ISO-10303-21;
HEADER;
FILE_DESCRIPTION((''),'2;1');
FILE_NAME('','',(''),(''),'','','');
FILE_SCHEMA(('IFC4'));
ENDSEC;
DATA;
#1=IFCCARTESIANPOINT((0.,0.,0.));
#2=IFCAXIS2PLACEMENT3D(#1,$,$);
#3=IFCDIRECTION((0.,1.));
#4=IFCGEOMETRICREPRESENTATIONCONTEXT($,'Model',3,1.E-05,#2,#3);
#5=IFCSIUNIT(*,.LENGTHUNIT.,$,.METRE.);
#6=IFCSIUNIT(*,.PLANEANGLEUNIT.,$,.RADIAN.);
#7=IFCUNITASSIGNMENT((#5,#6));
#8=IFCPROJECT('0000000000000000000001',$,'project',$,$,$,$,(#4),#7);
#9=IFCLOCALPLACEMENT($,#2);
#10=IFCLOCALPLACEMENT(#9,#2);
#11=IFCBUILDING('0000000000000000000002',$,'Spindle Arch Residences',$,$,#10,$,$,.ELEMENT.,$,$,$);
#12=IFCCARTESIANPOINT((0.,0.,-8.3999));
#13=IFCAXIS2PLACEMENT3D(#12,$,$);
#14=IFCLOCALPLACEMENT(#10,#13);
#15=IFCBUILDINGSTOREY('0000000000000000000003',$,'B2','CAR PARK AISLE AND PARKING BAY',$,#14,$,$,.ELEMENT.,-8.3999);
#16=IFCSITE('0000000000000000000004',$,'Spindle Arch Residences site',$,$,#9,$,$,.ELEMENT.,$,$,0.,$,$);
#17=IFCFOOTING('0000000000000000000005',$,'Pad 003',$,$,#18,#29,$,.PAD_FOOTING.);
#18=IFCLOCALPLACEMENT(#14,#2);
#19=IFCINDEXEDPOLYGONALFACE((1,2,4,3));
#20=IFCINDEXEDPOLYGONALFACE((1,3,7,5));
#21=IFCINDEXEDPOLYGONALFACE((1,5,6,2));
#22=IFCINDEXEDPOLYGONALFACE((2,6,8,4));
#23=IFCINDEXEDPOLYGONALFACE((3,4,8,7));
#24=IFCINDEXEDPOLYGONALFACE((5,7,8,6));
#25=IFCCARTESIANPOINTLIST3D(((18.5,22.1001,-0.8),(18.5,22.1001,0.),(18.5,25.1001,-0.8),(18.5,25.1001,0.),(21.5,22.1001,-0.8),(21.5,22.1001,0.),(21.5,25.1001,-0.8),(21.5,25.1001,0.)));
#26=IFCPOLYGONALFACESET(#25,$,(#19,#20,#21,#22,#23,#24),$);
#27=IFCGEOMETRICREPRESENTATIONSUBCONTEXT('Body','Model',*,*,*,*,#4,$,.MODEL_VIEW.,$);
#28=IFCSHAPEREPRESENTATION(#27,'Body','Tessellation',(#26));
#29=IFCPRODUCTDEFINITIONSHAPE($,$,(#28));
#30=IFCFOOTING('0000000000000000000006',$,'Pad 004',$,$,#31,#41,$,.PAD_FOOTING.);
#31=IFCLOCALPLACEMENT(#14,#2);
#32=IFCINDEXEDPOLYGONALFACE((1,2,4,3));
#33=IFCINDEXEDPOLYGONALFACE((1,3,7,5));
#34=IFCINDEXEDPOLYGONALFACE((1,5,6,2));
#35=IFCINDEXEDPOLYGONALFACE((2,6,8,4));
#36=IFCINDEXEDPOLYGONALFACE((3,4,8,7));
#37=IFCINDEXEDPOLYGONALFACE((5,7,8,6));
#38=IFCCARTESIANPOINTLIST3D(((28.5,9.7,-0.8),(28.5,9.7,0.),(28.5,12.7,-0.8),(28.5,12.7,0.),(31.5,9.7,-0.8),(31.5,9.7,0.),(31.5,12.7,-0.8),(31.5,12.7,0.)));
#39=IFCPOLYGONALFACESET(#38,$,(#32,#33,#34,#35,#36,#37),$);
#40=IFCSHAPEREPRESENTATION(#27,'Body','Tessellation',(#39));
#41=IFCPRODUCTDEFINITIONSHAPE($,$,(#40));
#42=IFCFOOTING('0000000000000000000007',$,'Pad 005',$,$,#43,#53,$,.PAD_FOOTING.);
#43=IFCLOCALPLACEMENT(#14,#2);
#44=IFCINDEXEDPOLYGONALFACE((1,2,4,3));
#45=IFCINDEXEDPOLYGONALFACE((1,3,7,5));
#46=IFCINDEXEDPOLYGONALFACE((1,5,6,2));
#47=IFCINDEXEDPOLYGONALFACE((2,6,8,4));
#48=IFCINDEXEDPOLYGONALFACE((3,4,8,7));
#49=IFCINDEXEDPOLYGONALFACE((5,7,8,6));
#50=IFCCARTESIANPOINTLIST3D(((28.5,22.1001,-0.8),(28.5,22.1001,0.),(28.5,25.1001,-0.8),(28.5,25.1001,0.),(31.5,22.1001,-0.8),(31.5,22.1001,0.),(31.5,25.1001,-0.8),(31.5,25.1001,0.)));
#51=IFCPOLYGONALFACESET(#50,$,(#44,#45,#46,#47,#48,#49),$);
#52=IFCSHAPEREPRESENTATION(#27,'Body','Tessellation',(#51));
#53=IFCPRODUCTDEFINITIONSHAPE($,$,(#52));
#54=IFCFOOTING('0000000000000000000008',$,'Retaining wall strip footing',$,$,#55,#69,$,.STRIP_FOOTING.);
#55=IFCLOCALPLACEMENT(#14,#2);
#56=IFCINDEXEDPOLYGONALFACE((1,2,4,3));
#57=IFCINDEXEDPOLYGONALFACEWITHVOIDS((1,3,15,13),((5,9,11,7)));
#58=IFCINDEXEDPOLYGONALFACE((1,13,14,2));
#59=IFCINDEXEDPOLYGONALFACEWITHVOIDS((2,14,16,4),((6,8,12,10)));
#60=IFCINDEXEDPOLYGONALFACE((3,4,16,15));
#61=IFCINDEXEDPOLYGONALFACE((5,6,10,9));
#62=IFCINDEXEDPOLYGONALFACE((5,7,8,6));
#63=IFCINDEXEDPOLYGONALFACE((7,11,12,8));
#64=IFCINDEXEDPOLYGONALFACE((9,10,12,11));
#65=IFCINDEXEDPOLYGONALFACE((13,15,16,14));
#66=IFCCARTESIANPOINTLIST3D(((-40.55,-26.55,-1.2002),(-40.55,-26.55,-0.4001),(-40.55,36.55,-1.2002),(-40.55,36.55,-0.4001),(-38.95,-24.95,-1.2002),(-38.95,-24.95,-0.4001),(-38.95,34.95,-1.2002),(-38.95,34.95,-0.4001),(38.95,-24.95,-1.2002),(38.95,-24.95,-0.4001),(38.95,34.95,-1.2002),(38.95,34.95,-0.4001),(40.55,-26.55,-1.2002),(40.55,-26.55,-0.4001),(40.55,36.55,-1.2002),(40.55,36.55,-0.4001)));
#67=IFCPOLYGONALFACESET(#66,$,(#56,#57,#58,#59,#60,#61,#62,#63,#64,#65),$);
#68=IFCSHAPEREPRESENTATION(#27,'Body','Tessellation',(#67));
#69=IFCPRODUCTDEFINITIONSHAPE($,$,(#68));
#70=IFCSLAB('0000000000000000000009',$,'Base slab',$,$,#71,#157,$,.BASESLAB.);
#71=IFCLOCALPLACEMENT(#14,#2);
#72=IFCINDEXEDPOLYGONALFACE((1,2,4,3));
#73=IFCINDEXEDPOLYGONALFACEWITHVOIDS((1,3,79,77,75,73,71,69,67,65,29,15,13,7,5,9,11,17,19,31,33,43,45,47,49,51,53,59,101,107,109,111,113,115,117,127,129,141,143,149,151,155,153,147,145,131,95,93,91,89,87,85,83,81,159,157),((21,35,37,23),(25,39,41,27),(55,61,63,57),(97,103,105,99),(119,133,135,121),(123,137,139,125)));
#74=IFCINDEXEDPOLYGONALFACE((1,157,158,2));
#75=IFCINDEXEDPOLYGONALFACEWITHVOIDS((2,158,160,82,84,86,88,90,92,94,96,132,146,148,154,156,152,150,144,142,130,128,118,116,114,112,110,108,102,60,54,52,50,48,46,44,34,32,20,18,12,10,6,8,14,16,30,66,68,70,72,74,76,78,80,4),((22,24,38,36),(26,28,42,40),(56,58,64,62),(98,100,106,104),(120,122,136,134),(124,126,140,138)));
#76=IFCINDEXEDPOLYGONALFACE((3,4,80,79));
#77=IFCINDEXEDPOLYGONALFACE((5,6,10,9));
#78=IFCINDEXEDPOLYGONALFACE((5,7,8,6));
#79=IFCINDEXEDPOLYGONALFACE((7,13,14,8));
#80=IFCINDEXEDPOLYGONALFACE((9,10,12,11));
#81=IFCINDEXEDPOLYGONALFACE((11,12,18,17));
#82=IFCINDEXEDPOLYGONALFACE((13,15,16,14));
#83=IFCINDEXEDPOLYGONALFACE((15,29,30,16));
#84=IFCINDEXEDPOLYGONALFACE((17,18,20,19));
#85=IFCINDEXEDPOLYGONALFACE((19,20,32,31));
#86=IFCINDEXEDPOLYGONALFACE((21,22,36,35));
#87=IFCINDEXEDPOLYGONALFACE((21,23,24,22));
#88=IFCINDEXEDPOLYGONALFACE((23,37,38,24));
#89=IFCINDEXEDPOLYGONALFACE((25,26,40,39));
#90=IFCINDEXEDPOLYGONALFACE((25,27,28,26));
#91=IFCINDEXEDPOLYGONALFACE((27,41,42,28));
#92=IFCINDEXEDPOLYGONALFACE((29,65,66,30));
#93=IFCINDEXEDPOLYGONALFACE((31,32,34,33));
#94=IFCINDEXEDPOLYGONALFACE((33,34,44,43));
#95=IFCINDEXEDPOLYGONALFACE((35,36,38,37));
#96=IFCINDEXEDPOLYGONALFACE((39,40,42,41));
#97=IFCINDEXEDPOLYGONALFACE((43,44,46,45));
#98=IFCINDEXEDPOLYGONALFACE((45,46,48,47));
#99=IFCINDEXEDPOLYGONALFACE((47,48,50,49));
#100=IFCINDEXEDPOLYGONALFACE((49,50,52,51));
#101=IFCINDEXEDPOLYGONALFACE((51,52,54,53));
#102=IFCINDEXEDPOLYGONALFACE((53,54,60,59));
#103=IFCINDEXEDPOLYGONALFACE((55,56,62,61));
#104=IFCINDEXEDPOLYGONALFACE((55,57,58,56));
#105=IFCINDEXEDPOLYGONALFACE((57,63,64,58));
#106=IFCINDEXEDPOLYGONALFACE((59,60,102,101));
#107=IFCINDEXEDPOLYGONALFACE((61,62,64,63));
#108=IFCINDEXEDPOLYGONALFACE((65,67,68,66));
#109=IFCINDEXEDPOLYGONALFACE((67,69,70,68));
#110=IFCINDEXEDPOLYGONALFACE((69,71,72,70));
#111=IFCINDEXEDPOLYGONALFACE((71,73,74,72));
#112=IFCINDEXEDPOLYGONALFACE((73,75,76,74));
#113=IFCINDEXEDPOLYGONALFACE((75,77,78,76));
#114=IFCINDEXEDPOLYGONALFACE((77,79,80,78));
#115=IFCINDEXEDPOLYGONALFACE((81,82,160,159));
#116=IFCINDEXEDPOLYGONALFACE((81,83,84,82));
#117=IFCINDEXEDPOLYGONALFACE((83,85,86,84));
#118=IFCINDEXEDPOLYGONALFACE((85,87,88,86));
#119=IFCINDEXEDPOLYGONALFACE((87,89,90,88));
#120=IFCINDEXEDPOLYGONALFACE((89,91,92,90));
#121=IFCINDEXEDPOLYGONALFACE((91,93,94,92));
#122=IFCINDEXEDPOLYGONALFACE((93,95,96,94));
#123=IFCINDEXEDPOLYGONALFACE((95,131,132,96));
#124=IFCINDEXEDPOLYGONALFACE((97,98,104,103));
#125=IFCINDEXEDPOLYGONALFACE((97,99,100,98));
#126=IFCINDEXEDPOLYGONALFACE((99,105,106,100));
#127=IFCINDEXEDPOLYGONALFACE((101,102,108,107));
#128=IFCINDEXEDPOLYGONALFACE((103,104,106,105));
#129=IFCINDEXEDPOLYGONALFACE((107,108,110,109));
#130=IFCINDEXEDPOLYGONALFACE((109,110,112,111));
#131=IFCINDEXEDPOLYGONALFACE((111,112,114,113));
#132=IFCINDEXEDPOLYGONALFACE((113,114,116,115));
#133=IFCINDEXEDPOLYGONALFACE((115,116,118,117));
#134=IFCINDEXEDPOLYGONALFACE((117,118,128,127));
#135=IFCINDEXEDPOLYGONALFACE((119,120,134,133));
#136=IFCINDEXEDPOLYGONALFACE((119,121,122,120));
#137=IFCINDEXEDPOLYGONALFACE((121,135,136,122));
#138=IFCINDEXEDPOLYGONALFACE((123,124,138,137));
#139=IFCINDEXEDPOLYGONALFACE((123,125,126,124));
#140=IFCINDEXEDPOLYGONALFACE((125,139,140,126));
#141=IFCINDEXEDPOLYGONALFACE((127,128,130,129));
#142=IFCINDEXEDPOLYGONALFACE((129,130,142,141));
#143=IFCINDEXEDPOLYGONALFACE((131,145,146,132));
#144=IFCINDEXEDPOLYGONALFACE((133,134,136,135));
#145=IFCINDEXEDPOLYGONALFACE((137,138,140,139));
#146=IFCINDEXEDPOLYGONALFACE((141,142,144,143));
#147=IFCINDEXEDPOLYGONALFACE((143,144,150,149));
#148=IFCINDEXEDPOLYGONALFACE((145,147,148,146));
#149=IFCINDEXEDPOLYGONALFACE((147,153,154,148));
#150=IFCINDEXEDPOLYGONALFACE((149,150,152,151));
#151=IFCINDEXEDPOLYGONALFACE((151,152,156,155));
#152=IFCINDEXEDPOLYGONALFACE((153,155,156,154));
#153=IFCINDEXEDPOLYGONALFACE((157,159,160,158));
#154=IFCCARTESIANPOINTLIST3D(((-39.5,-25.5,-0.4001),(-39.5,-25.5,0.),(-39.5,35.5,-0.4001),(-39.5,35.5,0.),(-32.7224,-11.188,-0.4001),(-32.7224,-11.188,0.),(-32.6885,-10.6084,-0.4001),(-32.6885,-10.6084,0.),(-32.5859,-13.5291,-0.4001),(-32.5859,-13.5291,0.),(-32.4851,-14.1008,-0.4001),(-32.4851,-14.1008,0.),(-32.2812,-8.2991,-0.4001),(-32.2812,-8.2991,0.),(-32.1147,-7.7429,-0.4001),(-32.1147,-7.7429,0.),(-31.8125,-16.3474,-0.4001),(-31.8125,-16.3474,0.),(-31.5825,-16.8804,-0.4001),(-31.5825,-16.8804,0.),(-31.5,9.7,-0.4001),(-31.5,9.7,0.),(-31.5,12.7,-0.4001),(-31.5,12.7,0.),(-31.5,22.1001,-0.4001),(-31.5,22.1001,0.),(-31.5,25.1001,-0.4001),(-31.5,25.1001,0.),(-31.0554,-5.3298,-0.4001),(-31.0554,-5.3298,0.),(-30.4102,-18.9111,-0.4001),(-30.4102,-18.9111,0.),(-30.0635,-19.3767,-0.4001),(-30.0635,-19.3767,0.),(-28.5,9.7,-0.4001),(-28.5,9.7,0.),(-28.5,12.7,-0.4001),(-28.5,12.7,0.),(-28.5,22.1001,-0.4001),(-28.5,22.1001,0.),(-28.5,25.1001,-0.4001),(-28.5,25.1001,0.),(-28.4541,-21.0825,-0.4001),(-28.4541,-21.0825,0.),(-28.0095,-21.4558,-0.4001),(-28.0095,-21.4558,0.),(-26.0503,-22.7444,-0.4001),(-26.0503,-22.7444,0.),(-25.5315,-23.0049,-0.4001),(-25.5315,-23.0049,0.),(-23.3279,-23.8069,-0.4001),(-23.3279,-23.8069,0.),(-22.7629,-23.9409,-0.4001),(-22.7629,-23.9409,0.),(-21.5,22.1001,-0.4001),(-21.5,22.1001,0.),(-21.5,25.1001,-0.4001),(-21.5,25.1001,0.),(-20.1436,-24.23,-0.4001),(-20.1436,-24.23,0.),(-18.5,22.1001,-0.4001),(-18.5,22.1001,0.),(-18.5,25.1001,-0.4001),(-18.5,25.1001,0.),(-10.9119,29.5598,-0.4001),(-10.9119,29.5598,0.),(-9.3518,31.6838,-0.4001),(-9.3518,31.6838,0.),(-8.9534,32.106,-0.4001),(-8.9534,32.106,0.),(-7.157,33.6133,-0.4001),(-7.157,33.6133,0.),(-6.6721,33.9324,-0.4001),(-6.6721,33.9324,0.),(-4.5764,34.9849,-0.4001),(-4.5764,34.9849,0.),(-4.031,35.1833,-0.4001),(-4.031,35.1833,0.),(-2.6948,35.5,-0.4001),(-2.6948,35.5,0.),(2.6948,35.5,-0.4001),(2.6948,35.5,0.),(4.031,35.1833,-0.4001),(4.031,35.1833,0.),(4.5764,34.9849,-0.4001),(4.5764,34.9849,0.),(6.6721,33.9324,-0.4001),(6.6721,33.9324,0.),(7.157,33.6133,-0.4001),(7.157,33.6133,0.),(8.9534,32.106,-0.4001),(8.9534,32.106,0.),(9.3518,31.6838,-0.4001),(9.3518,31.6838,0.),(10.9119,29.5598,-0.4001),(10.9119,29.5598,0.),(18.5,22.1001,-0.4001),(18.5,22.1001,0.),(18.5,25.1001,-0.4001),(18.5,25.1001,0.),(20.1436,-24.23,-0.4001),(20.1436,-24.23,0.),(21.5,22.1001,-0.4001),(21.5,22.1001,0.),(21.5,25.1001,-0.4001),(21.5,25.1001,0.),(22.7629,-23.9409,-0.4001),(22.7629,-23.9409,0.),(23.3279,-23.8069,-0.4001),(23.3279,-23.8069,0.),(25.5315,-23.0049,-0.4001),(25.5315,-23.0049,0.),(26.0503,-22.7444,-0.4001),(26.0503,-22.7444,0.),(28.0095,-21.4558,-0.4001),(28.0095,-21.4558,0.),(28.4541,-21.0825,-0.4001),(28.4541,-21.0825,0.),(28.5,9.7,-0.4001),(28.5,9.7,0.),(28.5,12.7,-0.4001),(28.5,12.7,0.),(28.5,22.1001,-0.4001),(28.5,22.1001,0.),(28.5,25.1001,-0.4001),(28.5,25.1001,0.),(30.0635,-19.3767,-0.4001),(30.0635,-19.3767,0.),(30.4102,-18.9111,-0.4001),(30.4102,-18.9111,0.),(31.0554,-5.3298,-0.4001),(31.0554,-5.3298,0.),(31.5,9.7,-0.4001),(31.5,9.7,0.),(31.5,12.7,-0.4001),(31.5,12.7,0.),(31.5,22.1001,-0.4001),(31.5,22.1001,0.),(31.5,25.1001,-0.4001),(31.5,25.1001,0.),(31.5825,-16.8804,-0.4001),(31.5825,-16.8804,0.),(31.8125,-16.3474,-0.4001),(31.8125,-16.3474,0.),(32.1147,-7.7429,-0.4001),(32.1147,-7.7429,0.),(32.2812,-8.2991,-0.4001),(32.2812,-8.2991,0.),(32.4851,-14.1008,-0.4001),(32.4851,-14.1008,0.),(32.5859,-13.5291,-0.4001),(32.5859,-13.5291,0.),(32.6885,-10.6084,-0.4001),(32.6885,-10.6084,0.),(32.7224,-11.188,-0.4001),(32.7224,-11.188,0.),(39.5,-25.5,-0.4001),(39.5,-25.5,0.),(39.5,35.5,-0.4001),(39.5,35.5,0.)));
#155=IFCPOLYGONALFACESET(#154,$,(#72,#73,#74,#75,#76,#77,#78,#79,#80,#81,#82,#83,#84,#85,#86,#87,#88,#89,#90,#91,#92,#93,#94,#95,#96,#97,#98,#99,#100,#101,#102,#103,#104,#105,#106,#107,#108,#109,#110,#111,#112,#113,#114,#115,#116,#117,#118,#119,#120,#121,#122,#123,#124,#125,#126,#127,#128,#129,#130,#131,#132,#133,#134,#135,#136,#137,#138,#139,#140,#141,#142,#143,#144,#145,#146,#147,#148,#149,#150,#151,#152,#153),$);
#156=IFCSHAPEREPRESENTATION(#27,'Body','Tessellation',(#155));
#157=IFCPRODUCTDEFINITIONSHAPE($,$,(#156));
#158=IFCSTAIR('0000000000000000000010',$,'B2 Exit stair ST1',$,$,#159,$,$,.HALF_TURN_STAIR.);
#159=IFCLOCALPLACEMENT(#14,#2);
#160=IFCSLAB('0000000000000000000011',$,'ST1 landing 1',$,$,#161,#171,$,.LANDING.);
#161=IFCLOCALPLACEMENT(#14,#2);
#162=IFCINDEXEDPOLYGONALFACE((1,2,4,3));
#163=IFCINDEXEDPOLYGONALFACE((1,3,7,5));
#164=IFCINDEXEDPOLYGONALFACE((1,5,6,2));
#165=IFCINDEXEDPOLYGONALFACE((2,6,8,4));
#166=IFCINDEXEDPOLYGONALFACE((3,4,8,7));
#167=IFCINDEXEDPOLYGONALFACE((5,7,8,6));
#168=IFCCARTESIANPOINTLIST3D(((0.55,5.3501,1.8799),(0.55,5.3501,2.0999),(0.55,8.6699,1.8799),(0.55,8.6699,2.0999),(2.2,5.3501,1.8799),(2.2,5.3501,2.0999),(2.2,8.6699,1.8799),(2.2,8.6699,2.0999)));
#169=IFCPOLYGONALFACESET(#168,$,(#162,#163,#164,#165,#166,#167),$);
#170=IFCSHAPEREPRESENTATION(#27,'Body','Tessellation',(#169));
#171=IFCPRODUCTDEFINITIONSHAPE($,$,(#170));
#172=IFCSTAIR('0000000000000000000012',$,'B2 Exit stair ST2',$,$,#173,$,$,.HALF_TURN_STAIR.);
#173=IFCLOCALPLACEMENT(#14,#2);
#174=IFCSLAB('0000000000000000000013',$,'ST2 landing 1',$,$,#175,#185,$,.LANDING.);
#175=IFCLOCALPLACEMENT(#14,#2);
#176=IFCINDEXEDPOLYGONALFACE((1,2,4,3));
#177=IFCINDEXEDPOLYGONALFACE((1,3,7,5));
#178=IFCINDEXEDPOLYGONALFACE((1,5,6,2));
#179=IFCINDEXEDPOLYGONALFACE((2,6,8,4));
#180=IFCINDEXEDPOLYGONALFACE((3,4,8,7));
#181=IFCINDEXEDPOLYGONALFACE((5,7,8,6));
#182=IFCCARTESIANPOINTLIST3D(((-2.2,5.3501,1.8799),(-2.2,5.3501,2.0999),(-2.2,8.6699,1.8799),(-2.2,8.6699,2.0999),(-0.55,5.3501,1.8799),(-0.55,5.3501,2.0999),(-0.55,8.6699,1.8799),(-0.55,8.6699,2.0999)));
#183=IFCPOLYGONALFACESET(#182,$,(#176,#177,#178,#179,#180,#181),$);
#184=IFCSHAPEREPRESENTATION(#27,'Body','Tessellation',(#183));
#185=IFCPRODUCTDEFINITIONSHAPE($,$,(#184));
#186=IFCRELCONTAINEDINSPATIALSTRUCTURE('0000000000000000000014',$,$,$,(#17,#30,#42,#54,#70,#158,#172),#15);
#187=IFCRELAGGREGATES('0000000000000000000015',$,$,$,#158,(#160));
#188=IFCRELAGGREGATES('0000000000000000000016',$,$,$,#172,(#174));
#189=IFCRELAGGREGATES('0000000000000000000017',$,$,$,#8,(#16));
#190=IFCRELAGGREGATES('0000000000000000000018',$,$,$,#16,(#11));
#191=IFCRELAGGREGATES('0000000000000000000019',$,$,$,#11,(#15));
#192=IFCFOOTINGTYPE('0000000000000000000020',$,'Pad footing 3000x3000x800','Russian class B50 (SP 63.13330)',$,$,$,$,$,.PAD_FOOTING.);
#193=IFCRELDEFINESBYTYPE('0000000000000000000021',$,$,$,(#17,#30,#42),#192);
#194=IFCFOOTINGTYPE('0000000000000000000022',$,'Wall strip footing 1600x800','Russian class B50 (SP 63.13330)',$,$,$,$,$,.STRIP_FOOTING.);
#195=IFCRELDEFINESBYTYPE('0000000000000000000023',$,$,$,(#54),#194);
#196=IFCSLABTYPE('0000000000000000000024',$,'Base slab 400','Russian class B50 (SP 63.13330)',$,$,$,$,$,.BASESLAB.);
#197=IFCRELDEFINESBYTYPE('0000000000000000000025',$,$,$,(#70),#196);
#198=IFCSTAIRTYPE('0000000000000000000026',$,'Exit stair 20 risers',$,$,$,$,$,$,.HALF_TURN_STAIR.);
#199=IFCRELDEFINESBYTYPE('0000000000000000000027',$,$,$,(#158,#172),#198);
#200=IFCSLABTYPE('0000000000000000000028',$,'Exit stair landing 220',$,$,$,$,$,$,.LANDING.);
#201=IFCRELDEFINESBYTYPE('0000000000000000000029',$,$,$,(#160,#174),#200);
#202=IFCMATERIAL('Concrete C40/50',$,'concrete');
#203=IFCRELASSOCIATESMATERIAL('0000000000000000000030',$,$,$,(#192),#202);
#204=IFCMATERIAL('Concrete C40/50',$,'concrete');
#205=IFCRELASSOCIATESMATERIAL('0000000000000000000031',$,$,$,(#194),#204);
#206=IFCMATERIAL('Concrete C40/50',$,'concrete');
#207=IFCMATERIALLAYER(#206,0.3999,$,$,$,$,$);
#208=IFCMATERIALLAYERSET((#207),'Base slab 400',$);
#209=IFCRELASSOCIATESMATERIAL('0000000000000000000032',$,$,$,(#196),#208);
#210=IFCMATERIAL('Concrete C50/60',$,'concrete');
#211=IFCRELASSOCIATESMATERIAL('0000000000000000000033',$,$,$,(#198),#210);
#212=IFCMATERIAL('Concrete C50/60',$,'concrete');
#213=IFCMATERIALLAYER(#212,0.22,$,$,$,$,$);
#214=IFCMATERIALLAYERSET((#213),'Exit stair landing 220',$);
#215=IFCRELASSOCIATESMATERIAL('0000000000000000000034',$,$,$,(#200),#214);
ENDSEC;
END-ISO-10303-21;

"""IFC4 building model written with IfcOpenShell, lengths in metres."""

from ifc_helpers import new_model, si_unit, direction, frame, origin, place, context, subcontext, project, spatial, polyline, outline, extrude, material, layer, layer_set, type_object, element, aggregate, save


model = new_model("IFC4")

# Units and contexts
model_context = context("Model", 3, precision=1e-05, world=origin(), true_north=direction((0.0, 1.0)))
body_context = subcontext(model_context, "Body", "Model", "MODEL_VIEW")
ifc_project = project(units=[si_unit("LENGTHUNIT", "METRE"), si_unit("PLANEANGLEUNIT", "RADIAN")], contexts=[model_context])

# Site, building, storey
site_placement = place(None, origin())
site = spatial("IfcSite", under=ifc_project, at=site_placement, Name="Spindle Arch Residences site", CompositionType="ELEMENT", RefElevation=0.0)
building_placement = place(site_placement, origin())
building = spatial("IfcBuilding", under=site, at=building_placement, Name="Spindle Arch Residences", CompositionType="ELEMENT")
storey_placement = place(building_placement, frame((0.0, 0.0, -8.3999)))
storey = spatial("IfcBuildingStorey", under=building, at=storey_placement, Name="B2", Description="CAR PARK AISLE AND PARKING BAY", CompositionType="ELEMENT", Elevation=-8.3999)

# Footings
ifc_material_1 = material(Name="Concrete C40/50", Category="concrete")
footing_type_1 = type_object("IfcFootingType", Name="Pad footing 3000x3000x800", Description="Russian class B50 (SP 63.13330)", PredefinedType="PAD_FOOTING", material=ifc_material_1)
footing_1_placement = place(storey_placement, frame((0.0, 0.0, -0.8)))
element("IfcFooting", 1, at=footing_1_placement, inside=storey, type_object=footing_type_1, Name="Pad 003", PredefinedType="PAD_FOOTING", context=body_context, shape_type="SweptSolid", body=[
    extrude(outline(polyline([(21.5, 22.1001), (21.5, 25.1001), (18.5, 25.1001), (18.5, 22.1001), (21.5, 22.1001)])), origin(), (0.0, 0.0, 1.0), 0.8),
])
footing_2_placement = place(storey_placement, frame((0.0, 0.0, -0.8)))
element("IfcFooting", 2, at=footing_2_placement, inside=storey, type_object=footing_type_1, Name="Pad 004", PredefinedType="PAD_FOOTING", context=body_context, shape_type="SweptSolid", body=[
    extrude(outline(polyline([(31.5, 9.7), (31.5, 12.7), (28.5, 12.7), (28.5, 9.7), (31.5, 9.7)])), origin(), (0.0, 0.0, 1.0), 0.8),
])
footing_3_placement = place(storey_placement, frame((0.0, 0.0, -0.8)))
element("IfcFooting", 3, at=footing_3_placement, inside=storey, type_object=footing_type_1, Name="Pad 005", PredefinedType="PAD_FOOTING", context=body_context, shape_type="SweptSolid", body=[
    extrude(outline(polyline([(31.5, 22.1001), (31.5, 25.1001), (28.5, 25.1001), (28.5, 22.1001), (31.5, 22.1001)])), origin(), (0.0, 0.0, 1.0), 0.8),
])
ifc_material_2 = material(Name="Concrete C40/50", Category="concrete")
footing_type_2 = type_object("IfcFootingType", Name="Wall strip footing 1600x800", Description="Russian class B50 (SP 63.13330)", PredefinedType="STRIP_FOOTING", material=ifc_material_2)
footing_4_placement = place(storey_placement, frame((0.0, 0.0, -1.2002)))
element("IfcFooting", 4, at=footing_4_placement, inside=storey, type_object=footing_type_2, Name="Retaining wall strip footing", PredefinedType="STRIP_FOOTING", context=body_context, shape_type="SweptSolid", body=[
    extrude(outline(polyline([(-40.55, -26.55), (-40.55, 36.55), (40.55, 36.55), (40.55, -26.55), (-40.55, -26.55)]), holes=[polyline([(38.95, 34.95), (-38.95, 34.95), (-38.95, -24.95), (38.95, -24.95), (38.95, 34.95)])]), origin(), (0.0, 0.0, 1.0), 0.8),
])

# Slab
ifc_material_3 = material(Name="Concrete C40/50", Category="concrete")
ifc_layer_1 = layer(ifc_material_3, 0.3999)
ifc_layer_set_1 = layer_set([ifc_layer_1], Name="Base slab 400")
slab_type_1 = type_object("IfcSlabType", Name="Base slab 400", Description="Russian class B50 (SP 63.13330)", PredefinedType="BASESLAB", material=ifc_layer_set_1)
slab_1_placement = place(storey_placement, frame((0.0, 0.0, -0.4001)))
element("IfcSlab", 5, at=slab_1_placement, inside=storey, type_object=slab_type_1, Name="Base slab", PredefinedType="BASESLAB", context=body_context, shape_type="SweptSolid", body=[
    extrude(outline(polyline([(39.5, -25.5), (-39.5, -25.5), (-39.5, 35.5), (-2.6948, 35.5), (-4.031, 35.1833), (-4.5764, 34.9849), (-6.6721, 33.9324), (-7.157, 33.6133), (-8.9534, 32.106), (-9.3518, 31.6838), (-10.9119, 29.5598), (-31.0554, -5.3298), (-32.1147, -7.7429), (-32.2812, -8.2991), (-32.6885, -10.6084), (-32.7224, -11.188), (-32.5859, -13.5291), (-32.4851, -14.1008), (-31.8125, -16.3474), (-31.5825, -16.8804), (-30.4102, -18.9111), (-30.0635, -19.3767), (-28.4541, -21.0825), (-28.0095, -21.4558), (-26.0503, -22.7444), (-25.5315, -23.0049), (-23.3279, -23.8069), (-22.7629, -23.9409), (-20.1436, -24.23), (20.1436, -24.23), (22.7629, -23.9409), (23.3279, -23.8069), (25.5315, -23.0049), (26.0503, -22.7444), (28.0095, -21.4558), (28.4541, -21.0825), (30.0635, -19.3767), (30.4102, -18.9111), (31.5825, -16.8804), (31.8125, -16.3474), (32.4851, -14.1008), (32.5859, -13.5291), (32.7224, -11.188), (32.6885, -10.6084), (32.2812, -8.2991), (32.1147, -7.7429), (31.0554, -5.3298), (10.9119, 29.5598), (9.3518, 31.6838), (8.9534, 32.106), (7.157, 33.6133), (6.6721, 33.9324), (4.5764, 34.9849), (4.031, 35.1833), (2.6948, 35.5), (39.5, 35.5), (39.5, -25.5)]), holes=[polyline([(-31.5, 9.7), (-28.5, 9.7), (-28.5, 12.7), (-31.5, 12.7), (-31.5, 9.7)]), polyline([(28.5, 12.7), (28.5, 9.7), (31.5, 9.7), (31.5, 12.7), (28.5, 12.7)]), polyline([(-31.5, 25.1001), (-31.5, 22.1001), (-28.5, 22.1001), (-28.5, 25.1001), (-31.5, 25.1001)]), polyline([(-21.5, 22.1001), (-18.5, 22.1001), (-18.5, 25.1001), (-21.5, 25.1001), (-21.5, 22.1001)]), polyline([(18.5, 25.1001), (18.5, 22.1001), (21.5, 22.1001), (21.5, 25.1001), (18.5, 25.1001)]), polyline([(28.5, 25.1001), (28.5, 22.1001), (31.5, 22.1001), (31.5, 25.1001), (28.5, 25.1001)])]), origin(), (0.0, 0.0, 1.0), 0.4001),
])

# Stairs, slabs
ifc_material_4 = material(Name="Concrete C50/60", Category="concrete")
stair_type = type_object("IfcStairType", Name="Exit stair 20 risers", PredefinedType="HALF_TURN_STAIR", material=ifc_material_4)
stair_1_placement = place(storey_placement, origin())
stair_1 = element("IfcStair", 6, at=stair_1_placement, inside=storey, type_object=stair_type, Name="B2 Exit stair ST1", PredefinedType="HALF_TURN_STAIR")
ifc_material_5 = material(Name="Concrete C50/60", Category="concrete")
ifc_layer_2 = layer(ifc_material_5, 0.22)
ifc_layer_set_2 = layer_set([ifc_layer_2], Name="Exit stair landing 220")
slab_type_2 = type_object("IfcSlabType", Name="Exit stair landing 220", PredefinedType="LANDING", material=ifc_layer_set_2)
slab_2_placement = place(storey_placement, frame((0.0, 0.0, 1.8799)))
slab_2 = element("IfcSlab", 7, at=slab_2_placement, type_object=slab_type_2, Name="ST1 landing 1", PredefinedType="LANDING", context=body_context, shape_type="SweptSolid", body=[
    extrude(outline(polyline([(2.2, 8.6699), (0.55, 8.6699), (0.55, 5.3501), (2.2, 5.3501), (2.2, 8.6699)])), origin(), (0.0, 0.0, 1.0), 0.22),
])
aggregate(stair_1, [slab_2])
stair_2_placement = place(storey_placement, origin())
stair_2 = element("IfcStair", 8, at=stair_2_placement, inside=storey, type_object=stair_type, Name="B2 Exit stair ST2", PredefinedType="HALF_TURN_STAIR")
slab_3_placement = place(storey_placement, frame((0.0, 0.0, 1.8799)))
slab_3 = element("IfcSlab", 9, at=slab_3_placement, type_object=slab_type_2, Name="ST2 landing 1", PredefinedType="LANDING", context=body_context, shape_type="SweptSolid", body=[
    extrude(outline(polyline([(-2.2, 5.3501), (-0.55, 5.3501), (-0.55, 8.6699), (-2.2, 8.6699), (-2.2, 5.3501)])), origin(), (0.0, 0.0, 1.0), 0.22),
])

aggregate(stair_2, [slab_3])

save(model, "model.ifc")
